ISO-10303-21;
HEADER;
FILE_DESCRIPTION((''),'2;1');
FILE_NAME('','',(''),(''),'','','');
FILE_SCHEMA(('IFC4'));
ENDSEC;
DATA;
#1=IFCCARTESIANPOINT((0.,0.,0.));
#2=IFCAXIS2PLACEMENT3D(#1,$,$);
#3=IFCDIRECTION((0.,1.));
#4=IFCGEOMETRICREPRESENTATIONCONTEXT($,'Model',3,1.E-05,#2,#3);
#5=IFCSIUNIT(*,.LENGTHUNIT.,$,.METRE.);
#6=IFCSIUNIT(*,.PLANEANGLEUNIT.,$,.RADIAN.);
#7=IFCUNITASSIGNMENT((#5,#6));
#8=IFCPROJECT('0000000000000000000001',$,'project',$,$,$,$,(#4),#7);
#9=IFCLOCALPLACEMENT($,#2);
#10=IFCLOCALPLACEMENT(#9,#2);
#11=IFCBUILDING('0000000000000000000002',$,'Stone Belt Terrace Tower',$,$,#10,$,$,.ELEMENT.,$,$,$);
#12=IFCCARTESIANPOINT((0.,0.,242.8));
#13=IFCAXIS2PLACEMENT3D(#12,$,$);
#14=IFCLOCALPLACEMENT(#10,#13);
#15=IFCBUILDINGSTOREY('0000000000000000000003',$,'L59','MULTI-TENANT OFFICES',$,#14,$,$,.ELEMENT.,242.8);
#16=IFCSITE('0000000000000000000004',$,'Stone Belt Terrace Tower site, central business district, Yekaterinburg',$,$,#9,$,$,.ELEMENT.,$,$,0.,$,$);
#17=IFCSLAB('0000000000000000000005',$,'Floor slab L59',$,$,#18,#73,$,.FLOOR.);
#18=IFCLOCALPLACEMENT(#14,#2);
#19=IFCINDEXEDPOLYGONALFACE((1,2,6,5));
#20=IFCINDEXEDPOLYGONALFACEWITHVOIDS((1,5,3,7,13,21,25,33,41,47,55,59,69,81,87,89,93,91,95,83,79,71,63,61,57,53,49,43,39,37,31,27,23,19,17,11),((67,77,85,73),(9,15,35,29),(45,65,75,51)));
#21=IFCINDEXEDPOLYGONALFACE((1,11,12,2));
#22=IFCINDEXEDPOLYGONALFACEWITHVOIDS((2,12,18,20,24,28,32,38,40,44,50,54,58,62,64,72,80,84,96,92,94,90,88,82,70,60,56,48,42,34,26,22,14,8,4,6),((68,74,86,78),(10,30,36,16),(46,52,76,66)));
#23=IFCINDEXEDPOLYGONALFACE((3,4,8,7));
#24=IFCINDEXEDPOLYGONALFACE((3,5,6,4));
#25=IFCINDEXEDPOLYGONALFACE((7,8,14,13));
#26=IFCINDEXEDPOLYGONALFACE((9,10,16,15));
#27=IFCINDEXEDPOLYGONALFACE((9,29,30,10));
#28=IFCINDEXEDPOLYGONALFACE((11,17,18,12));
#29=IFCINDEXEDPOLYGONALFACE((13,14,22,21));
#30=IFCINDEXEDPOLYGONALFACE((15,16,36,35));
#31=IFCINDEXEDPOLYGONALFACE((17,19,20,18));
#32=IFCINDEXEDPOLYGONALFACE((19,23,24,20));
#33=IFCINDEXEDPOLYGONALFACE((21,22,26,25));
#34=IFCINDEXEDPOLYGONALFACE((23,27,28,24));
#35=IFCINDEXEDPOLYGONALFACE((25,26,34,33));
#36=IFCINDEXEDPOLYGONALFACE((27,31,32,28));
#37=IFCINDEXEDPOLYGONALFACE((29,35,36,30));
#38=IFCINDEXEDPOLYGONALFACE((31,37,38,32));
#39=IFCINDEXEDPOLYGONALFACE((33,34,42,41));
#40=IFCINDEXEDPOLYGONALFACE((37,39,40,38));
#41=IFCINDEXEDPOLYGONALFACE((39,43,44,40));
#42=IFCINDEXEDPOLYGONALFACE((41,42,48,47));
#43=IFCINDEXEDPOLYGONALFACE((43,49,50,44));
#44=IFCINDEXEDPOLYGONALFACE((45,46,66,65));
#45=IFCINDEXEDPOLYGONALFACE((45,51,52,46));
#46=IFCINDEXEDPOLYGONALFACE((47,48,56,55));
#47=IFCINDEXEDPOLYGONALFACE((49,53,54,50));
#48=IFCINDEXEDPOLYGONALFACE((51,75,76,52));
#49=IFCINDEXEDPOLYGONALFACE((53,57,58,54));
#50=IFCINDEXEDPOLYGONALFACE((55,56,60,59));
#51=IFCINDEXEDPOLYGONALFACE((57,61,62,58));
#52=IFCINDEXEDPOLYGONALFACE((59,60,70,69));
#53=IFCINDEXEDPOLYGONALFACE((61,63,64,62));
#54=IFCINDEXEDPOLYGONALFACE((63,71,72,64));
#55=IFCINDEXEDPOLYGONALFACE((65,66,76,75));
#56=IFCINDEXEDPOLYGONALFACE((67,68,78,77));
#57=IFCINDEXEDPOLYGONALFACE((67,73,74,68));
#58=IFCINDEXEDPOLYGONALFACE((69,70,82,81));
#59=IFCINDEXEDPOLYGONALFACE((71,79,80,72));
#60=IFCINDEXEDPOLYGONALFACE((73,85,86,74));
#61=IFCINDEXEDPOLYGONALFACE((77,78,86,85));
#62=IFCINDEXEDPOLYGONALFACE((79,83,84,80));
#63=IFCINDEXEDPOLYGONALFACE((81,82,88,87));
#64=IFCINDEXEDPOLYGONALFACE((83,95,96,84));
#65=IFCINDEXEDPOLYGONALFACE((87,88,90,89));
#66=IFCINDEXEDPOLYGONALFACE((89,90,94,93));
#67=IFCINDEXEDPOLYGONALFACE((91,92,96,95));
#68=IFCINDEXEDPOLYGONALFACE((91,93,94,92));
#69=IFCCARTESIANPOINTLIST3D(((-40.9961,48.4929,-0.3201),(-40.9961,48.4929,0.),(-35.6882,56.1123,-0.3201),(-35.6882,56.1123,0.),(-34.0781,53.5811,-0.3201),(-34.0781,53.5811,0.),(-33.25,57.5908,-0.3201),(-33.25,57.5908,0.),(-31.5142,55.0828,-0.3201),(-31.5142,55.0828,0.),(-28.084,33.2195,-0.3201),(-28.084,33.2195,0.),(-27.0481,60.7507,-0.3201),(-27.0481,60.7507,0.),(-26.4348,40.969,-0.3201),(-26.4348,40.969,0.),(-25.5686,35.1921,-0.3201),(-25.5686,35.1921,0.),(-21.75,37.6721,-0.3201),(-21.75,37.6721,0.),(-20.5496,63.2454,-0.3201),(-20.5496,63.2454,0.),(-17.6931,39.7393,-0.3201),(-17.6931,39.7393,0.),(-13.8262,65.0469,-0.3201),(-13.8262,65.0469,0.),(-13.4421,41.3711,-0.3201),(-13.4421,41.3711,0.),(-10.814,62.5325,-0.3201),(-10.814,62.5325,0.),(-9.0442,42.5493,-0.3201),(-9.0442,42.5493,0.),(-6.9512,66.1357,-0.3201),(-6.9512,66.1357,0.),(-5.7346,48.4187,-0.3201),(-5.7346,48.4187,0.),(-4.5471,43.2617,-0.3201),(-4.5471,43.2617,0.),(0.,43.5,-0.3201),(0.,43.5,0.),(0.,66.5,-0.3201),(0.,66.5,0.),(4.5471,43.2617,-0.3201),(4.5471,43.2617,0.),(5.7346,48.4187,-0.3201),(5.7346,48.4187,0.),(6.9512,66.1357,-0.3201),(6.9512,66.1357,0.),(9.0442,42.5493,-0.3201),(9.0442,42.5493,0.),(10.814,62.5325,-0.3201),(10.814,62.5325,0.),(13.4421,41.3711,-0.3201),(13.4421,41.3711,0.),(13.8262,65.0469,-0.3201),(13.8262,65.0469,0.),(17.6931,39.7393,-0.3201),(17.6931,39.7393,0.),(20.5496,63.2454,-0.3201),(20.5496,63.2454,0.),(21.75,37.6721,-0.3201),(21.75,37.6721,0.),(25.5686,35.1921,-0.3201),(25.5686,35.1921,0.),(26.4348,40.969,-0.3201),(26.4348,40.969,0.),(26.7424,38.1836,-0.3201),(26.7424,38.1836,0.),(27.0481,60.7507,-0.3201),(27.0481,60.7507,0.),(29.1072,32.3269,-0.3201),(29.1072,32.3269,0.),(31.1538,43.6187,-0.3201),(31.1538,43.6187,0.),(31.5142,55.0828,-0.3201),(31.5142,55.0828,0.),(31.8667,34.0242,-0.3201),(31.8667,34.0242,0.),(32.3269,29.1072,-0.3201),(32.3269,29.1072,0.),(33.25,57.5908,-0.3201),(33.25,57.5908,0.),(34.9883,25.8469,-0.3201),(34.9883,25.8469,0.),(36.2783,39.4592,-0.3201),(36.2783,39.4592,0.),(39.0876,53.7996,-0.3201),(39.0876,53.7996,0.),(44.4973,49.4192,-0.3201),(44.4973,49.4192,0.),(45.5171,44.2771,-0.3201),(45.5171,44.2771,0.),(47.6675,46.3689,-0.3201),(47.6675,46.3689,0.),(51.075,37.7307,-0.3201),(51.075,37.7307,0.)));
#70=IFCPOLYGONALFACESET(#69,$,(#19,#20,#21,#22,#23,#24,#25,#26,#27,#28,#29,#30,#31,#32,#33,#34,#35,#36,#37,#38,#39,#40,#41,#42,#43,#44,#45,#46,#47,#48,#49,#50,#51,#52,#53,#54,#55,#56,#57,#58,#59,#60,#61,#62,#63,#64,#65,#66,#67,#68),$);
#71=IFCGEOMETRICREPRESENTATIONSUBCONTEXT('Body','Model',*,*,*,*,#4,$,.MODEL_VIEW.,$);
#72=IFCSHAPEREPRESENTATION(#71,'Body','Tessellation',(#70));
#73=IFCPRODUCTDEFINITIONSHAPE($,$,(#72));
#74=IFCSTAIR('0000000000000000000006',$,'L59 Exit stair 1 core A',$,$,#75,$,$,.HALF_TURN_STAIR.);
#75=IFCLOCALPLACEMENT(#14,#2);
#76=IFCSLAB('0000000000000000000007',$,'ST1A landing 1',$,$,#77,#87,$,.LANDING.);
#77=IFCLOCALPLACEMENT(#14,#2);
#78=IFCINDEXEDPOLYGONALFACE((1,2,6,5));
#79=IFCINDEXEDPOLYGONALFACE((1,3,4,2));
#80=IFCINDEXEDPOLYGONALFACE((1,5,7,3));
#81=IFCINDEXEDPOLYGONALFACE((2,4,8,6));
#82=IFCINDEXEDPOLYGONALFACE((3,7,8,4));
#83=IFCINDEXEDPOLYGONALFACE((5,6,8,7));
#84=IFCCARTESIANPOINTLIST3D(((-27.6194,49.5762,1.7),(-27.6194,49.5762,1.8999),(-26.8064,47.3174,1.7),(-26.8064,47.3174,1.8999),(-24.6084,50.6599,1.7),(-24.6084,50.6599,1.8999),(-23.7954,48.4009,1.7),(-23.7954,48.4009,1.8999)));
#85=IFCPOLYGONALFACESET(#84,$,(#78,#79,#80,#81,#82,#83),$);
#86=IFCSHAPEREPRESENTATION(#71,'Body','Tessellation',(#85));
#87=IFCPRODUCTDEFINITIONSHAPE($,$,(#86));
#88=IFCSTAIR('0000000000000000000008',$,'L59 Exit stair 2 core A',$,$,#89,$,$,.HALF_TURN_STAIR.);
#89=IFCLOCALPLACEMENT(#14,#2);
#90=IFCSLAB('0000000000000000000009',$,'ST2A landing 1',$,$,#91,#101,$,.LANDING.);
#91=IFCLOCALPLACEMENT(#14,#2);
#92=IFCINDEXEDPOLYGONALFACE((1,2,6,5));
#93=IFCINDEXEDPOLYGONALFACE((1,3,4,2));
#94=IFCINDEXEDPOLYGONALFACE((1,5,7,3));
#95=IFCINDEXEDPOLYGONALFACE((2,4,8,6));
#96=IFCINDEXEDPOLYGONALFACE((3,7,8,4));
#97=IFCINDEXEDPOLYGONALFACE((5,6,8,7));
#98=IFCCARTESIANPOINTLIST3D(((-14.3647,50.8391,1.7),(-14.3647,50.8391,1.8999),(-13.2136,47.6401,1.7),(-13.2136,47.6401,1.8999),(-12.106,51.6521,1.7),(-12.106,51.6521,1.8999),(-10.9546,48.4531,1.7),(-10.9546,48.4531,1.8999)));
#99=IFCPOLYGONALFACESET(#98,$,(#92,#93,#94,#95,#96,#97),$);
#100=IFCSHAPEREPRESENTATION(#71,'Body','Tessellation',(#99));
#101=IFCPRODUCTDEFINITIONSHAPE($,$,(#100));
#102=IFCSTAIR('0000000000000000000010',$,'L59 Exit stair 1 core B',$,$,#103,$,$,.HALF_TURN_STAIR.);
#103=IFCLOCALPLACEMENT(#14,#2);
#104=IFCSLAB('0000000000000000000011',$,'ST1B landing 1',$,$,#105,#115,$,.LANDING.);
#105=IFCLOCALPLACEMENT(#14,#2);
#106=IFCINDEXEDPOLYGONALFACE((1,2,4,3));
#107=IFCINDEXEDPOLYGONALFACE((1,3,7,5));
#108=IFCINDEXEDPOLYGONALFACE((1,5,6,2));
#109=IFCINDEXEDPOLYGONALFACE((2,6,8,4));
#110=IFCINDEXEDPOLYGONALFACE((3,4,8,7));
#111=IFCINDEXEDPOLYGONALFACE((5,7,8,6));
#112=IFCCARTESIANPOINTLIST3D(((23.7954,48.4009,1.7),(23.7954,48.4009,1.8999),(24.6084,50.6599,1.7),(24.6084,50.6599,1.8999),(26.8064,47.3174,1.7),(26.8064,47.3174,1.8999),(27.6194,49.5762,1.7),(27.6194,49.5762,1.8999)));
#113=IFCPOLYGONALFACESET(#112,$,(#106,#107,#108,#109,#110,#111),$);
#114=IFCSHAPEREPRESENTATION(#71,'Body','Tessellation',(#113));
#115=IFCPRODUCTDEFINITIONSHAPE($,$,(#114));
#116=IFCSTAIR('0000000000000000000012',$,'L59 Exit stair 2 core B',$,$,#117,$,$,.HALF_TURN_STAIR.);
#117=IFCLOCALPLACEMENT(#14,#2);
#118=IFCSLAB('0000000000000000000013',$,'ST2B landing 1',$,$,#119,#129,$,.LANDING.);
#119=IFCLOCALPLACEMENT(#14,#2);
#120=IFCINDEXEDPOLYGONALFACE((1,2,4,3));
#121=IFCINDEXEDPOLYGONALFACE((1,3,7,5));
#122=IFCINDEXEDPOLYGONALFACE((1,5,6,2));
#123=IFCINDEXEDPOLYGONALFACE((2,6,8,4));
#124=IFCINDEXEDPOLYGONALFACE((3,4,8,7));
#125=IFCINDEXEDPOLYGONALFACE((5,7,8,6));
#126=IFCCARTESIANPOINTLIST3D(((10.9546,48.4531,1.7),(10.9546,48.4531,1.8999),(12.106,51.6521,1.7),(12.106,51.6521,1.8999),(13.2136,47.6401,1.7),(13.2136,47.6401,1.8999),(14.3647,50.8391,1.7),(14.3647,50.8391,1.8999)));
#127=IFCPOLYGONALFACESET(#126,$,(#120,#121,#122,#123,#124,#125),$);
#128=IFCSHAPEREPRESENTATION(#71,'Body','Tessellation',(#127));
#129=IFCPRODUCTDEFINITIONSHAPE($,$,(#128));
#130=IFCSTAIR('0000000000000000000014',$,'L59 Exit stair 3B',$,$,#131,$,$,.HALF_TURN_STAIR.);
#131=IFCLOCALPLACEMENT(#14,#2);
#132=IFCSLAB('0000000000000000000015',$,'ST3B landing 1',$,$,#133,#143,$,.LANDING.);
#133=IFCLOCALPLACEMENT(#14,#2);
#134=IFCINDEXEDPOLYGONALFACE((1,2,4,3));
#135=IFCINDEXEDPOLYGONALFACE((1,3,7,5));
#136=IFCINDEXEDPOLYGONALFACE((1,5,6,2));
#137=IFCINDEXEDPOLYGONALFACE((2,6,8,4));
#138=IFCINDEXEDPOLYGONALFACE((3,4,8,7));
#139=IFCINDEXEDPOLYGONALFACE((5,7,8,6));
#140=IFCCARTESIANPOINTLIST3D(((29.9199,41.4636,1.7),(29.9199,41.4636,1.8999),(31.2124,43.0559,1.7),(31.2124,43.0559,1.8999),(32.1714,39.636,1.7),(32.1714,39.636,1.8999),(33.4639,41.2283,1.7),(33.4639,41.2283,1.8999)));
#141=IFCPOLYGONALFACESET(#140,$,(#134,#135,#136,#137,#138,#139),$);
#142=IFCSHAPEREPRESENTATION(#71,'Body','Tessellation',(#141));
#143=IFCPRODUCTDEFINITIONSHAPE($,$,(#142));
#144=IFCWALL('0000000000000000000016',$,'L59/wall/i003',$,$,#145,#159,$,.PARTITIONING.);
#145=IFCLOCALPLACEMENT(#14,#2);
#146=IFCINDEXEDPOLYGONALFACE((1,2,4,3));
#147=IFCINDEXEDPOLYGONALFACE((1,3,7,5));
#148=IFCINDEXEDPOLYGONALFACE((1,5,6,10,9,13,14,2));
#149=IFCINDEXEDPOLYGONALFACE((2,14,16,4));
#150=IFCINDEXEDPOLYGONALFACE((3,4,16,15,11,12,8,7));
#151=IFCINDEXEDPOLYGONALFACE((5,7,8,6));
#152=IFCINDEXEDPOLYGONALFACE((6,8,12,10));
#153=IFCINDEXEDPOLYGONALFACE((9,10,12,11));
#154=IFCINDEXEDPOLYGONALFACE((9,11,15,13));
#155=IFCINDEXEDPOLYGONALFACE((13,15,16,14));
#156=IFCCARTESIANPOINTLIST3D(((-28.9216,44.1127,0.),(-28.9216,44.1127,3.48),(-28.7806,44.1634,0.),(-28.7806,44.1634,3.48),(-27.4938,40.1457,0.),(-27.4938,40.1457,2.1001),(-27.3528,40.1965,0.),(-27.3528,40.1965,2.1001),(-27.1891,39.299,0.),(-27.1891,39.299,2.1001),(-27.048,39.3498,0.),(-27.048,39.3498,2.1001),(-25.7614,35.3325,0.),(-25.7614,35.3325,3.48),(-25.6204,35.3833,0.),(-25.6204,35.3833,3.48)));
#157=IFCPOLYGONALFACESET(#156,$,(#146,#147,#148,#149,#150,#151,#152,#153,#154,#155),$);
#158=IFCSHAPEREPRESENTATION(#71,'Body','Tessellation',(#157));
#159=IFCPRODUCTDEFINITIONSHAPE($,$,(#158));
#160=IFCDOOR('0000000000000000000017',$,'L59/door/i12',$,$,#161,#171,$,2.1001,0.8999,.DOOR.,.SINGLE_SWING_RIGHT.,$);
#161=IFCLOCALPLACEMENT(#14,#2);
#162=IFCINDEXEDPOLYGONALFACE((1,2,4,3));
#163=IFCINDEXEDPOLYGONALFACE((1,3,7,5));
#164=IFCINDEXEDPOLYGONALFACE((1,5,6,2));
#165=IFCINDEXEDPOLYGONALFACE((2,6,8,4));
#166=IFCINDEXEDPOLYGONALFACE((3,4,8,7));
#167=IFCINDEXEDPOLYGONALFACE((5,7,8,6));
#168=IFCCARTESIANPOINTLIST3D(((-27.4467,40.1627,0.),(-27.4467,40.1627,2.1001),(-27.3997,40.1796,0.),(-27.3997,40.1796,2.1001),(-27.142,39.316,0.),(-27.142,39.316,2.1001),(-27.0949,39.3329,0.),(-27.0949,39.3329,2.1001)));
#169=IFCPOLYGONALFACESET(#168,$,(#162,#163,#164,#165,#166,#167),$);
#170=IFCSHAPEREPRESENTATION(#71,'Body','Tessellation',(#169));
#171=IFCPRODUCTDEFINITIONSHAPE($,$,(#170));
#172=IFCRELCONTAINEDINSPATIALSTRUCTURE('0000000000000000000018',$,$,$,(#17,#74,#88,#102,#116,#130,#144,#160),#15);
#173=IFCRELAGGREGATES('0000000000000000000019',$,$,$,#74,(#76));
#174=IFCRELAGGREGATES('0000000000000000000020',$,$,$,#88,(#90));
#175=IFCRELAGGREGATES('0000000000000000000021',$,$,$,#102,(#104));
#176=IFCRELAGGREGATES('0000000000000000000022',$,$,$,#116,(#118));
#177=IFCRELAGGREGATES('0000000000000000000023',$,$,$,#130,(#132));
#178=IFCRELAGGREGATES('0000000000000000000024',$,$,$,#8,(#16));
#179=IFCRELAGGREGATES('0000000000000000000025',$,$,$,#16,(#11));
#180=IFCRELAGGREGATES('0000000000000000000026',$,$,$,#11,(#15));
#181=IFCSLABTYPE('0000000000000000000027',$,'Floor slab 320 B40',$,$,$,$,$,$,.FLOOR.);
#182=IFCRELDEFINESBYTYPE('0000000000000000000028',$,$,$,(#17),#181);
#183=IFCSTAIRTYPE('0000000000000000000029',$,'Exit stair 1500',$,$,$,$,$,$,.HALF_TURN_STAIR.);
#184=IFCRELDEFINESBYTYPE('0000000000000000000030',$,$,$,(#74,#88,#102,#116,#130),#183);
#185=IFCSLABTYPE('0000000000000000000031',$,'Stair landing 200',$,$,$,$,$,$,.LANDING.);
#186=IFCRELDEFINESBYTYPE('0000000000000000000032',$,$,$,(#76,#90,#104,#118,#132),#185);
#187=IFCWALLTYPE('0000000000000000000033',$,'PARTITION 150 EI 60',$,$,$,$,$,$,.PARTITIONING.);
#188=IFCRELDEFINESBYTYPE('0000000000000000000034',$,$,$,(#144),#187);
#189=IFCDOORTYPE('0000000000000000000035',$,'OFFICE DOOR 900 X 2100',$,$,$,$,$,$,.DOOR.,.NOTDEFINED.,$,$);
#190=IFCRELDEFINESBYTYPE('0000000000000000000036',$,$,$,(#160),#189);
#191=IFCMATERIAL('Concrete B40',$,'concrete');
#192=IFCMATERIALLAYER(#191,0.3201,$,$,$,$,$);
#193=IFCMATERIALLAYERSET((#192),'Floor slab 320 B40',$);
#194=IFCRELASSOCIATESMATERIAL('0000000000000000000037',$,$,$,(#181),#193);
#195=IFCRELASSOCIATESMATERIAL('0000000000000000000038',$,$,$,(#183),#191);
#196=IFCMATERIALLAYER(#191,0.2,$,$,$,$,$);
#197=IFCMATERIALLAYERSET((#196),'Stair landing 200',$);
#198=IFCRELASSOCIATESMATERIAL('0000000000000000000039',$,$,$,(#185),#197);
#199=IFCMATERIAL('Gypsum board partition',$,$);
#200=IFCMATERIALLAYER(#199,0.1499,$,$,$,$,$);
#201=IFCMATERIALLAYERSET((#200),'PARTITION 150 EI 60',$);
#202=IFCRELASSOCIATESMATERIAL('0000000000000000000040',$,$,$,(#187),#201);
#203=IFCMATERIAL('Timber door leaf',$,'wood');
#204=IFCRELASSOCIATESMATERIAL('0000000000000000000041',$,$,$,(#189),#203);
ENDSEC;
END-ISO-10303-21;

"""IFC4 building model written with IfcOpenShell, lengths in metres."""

from ifc_helpers import new_model, si_unit, direction, frame, frame_2d, origin, place, context, subcontext, project, spatial, polyline, rectangle, outline, extrude, material, layer, layer_set, type_object, element, fill, aggregate, save


model = new_model("IFC4")

# Units and contexts
model_context = context("Model", 3, precision=1e-05, world=origin(), true_north=direction((0.0, 1.0)))
body_context = subcontext(model_context, "Body", "Model", "MODEL_VIEW")
ifc_project = project(units=[si_unit("LENGTHUNIT", "METRE"), si_unit("PLANEANGLEUNIT", "RADIAN")], contexts=[model_context])

# Site, building, storey
site_placement = place(None, origin())
site = spatial("IfcSite", under=ifc_project, at=site_placement, Name="Stone Belt Terrace Tower site, central business district, Yekaterinburg", CompositionType="ELEMENT", RefElevation=0.0)
building_placement = place(site_placement, origin())
building = spatial("IfcBuilding", under=site, at=building_placement, Name="Stone Belt Terrace Tower", CompositionType="ELEMENT")
storey_placement = place(building_placement, frame((0.0, 0.0, 242.8)))
storey = spatial("IfcBuildingStorey", under=building, at=storey_placement, Name="L59", Description="MULTI-TENANT OFFICES", CompositionType="ELEMENT", Elevation=242.8)

# Slab
ifc_material_1 = material(Name="Concrete B40", Category="concrete")
ifc_layer_1 = layer(ifc_material_1, 0.3201)
ifc_layer_set_1 = layer_set([ifc_layer_1], Name="Floor slab 320 B40")
slab_type_1 = type_object("IfcSlabType", Name="Floor slab 320 B40", PredefinedType="FLOOR", material=ifc_layer_set_1)
slab_1_placement = place(storey_placement, frame((0.0, 0.0, -0.3201)))
element("IfcSlab", 1, at=slab_1_placement, inside=storey, type_object=slab_type_1, Name="Floor slab L59", PredefinedType="FLOOR", context=body_context, shape_type="SweptSolid", body=[
    extrude(outline(polyline([(-35.6882, 56.1123), (-33.25, 57.5908), (-27.0481, 60.7507), (-20.5496, 63.2454), (-13.8262, 65.0469), (-6.9512, 66.1357), (0.0, 66.5), (6.9512, 66.1357), (13.8262, 65.0469), (20.5496, 63.2454), (27.0481, 60.7507), (33.25, 57.5908), (39.0876, 53.7996), (44.4973, 49.4192), (47.6675, 46.3689), (45.5171, 44.2771), (51.075, 37.7307), (34.9883, 25.8469), (32.3269, 29.1072), (29.1072, 32.3269), (25.5686, 35.1921), (21.75, 37.6721), (17.6931, 39.7393), (13.4421, 41.3711), (9.0442, 42.5493), (4.5471, 43.2617), (0.0, 43.5), (-4.5471, 43.2617), (-9.0442, 42.5493), (-13.4421, 41.3711), (-17.6931, 39.7393), (-21.75, 37.6721), (-25.5686, 35.1921), (-28.084, 33.2195), (-40.9961, 48.4929), (-34.0781, 53.5811), (-35.6882, 56.1123)]), holes=[polyline([(-31.5142, 55.0828), (-26.4348, 40.969), (-5.7346, 48.4187), (-10.814, 62.5325), (-31.5142, 55.0828)]), polyline([(31.5142, 55.0828), (10.814, 62.5325), (5.7346, 48.4187), (26.4348, 40.969), (31.5142, 55.0828)]), polyline([(36.2783, 39.4592), (31.1538, 43.6187), (26.7424, 38.1836), (31.8667, 34.0242), (36.2783, 39.4592)])]), origin(), (0.0, 0.0, 1.0), 0.3201),
])

# Stairs, slabs
stair_type = type_object("IfcStairType", Name="Exit stair 1500", PredefinedType="HALF_TURN_STAIR", material=ifc_material_1)
stair_1_placement = place(storey_placement, origin())
stair_1 = element("IfcStair", 2, at=stair_1_placement, inside=storey, type_object=stair_type, Name="L59 Exit stair 1 core A", PredefinedType="HALF_TURN_STAIR")
ifc_layer_2 = layer(ifc_material_1, 0.2)
ifc_layer_set_2 = layer_set([ifc_layer_2], Name="Stair landing 200")
slab_type_2 = type_object("IfcSlabType", Name="Stair landing 200", PredefinedType="LANDING", material=ifc_layer_set_2)
slab_2_placement = place(storey_placement, frame((0.0, 0.0, 1.7)))
slab_2 = element("IfcSlab", 3, at=slab_2_placement, type_object=slab_type_2, Name="ST1A landing 1", PredefinedType="LANDING", context=body_context, shape_type="SweptSolid", body=[
    extrude(outline(polyline([(-23.7954, 48.4009), (-24.6084, 50.6599), (-27.6194, 49.5762), (-26.8064, 47.3174), (-23.7954, 48.4009)])), origin(), (0.0, 0.0, 1.0), 0.2),
])
aggregate(stair_1, [slab_2])
stair_2_placement = place(storey_placement, origin())
stair_2 = element("IfcStair", 4, at=stair_2_placement, inside=storey, type_object=stair_type, Name="L59 Exit stair 2 core A", PredefinedType="HALF_TURN_STAIR")
slab_3_placement = place(storey_placement, frame((0.0, 0.0, 1.7)))
slab_3 = element("IfcSlab", 5, at=slab_3_placement, type_object=slab_type_2, Name="ST2A landing 1", PredefinedType="LANDING", context=body_context, shape_type="SweptSolid", body=[
    extrude(outline(polyline([(-13.2136, 47.6401), (-10.9546, 48.4531), (-12.106, 51.6521), (-14.3647, 50.8391), (-13.2136, 47.6401)])), origin(), (0.0, 0.0, 1.0), 0.2),
])
aggregate(stair_2, [slab_3])
stair_3_placement = place(storey_placement, origin())
stair_3 = element("IfcStair", 6, at=stair_3_placement, inside=storey, type_object=stair_type, Name="L59 Exit stair 1 core B", PredefinedType="HALF_TURN_STAIR")
slab_4_placement = place(storey_placement, frame((0.0, 0.0, 1.7)))
slab_4 = element("IfcSlab", 7, at=slab_4_placement, type_object=slab_type_2, Name="ST1B landing 1", PredefinedType="LANDING", context=body_context, shape_type="SweptSolid", body=[
    extrude(outline(polyline([(26.8064, 47.3174), (27.6194, 49.5762), (24.6084, 50.6599), (23.7954, 48.4009), (26.8064, 47.3174)])), origin(), (0.0, 0.0, 1.0), 0.2),
])
aggregate(stair_3, [slab_4])
stair_4_placement = place(storey_placement, origin())
stair_4 = element("IfcStair", 8, at=stair_4_placement, inside=storey, type_object=stair_type, Name="L59 Exit stair 2 core B", PredefinedType="HALF_TURN_STAIR")
slab_5_placement = place(storey_placement, frame((0.0, 0.0, 1.7)))
slab_5 = element("IfcSlab", 9, at=slab_5_placement, type_object=slab_type_2, Name="ST2B landing 1", PredefinedType="LANDING", context=body_context, shape_type="SweptSolid", body=[
    extrude(outline(polyline([(14.3647, 50.8391), (12.106, 51.6521), (10.9546, 48.4531), (13.2136, 47.6401), (14.3647, 50.8391)])), origin(), (0.0, 0.0, 1.0), 0.2),
])
aggregate(stair_4, [slab_5])
stair_5_placement = place(storey_placement, origin())
stair_5 = element("IfcStair", 10, at=stair_5_placement, inside=storey, type_object=stair_type, Name="L59 Exit stair 3B", PredefinedType="HALF_TURN_STAIR")
slab_6_placement = place(storey_placement, frame((0.0, 0.0, 1.7)))
slab_6 = element("IfcSlab", 11, at=slab_6_placement, type_object=slab_type_2, Name="ST3B landing 1", PredefinedType="LANDING", context=body_context, shape_type="SweptSolid", body=[
    extrude(outline(polyline([(32.1714, 39.636), (33.4639, 41.2283), (31.2124, 43.0559), (29.9199, 41.4636), (32.1714, 39.636)])), origin(), (0.0, 0.0, 1.0), 0.2),
])
aggregate(stair_5, [slab_6])

# Wall, opening, door
ifc_material_2 = material(Name="Gypsum board partition")
ifc_layer_3 = layer(ifc_material_2, 0.1499)
ifc_layer_set_3 = layer_set([ifc_layer_3], Name="PARTITION 150 EI 60")
wall_type = type_object("IfcWallType", Name="PARTITION 150 EI 60", PredefinedType="PARTITIONING", material=ifc_layer_set_3)
wall_placement = place(storey_placement, frame((-25.6909, 35.3579, 0.0), z_axis=(0.0, 0.0, 1.0), x_axis=(-0.338657, 0.94091, 0.0)))
wall = element("IfcWall", 12, at=wall_placement, inside=storey, type_object=wall_type, Name="L59/wall/i003", PredefinedType="PARTITIONING", context=body_context, shape_type="SweptSolid", body=[
    extrude(rectangle(XDim=9.3315, YDim=0.1499, at=frame_2d((4.6658, 0.0))), origin(), (0.0, 0.0, 1.0), 3.48),
])
opening_placement = place(wall_placement, frame((4.2156, 0.0, 0.0)))
opening = element("IfcOpeningElement", 13, at=opening_placement, cuts=wall, PredefinedType="OPENING", context=body_context, shape_type="SweptSolid", body=[
    extrude(rectangle(XDim=0.8999, YDim=2.1001, at=frame_2d((0.45, 1.05))), frame((0.0, 0.085, 0.0), z_axis=(0.0, -1.0, 0.0), x_axis=(1.0, 0.0, 0.0)), (0.0, 0.0, 1.0), 0.1699),
])
ifc_material_3 = material(Name="Timber door leaf", Category="wood")
door_type = type_object("IfcDoorType", Name="OFFICE DOOR 900 X 2100", OperationType="NOTDEFINED", PredefinedType="DOOR", material=ifc_material_3)
door_placement = place(opening_placement, origin())
door = element("IfcDoor", 14, at=door_placement, inside=storey, type_object=door_type, Name="L59/door/i12", OperationType="SINGLE_SWING_RIGHT", OverallHeight=2.1001, OverallWidth=0.8999, PredefinedType="DOOR", context=body_context, shape_type="SweptSolid", body=[
    extrude(rectangle(XDim=0.8999, YDim=2.1001, at=frame_2d((0.45, 1.05))), frame((0.0, 0.0249, 0.0), z_axis=(0.0, -1.0, 0.0), x_axis=(1.0, 0.0, 0.0)), (0.0, 0.0, 1.0), 0.05),
])
fill(opening, door)

save(model, "model.ifc")
